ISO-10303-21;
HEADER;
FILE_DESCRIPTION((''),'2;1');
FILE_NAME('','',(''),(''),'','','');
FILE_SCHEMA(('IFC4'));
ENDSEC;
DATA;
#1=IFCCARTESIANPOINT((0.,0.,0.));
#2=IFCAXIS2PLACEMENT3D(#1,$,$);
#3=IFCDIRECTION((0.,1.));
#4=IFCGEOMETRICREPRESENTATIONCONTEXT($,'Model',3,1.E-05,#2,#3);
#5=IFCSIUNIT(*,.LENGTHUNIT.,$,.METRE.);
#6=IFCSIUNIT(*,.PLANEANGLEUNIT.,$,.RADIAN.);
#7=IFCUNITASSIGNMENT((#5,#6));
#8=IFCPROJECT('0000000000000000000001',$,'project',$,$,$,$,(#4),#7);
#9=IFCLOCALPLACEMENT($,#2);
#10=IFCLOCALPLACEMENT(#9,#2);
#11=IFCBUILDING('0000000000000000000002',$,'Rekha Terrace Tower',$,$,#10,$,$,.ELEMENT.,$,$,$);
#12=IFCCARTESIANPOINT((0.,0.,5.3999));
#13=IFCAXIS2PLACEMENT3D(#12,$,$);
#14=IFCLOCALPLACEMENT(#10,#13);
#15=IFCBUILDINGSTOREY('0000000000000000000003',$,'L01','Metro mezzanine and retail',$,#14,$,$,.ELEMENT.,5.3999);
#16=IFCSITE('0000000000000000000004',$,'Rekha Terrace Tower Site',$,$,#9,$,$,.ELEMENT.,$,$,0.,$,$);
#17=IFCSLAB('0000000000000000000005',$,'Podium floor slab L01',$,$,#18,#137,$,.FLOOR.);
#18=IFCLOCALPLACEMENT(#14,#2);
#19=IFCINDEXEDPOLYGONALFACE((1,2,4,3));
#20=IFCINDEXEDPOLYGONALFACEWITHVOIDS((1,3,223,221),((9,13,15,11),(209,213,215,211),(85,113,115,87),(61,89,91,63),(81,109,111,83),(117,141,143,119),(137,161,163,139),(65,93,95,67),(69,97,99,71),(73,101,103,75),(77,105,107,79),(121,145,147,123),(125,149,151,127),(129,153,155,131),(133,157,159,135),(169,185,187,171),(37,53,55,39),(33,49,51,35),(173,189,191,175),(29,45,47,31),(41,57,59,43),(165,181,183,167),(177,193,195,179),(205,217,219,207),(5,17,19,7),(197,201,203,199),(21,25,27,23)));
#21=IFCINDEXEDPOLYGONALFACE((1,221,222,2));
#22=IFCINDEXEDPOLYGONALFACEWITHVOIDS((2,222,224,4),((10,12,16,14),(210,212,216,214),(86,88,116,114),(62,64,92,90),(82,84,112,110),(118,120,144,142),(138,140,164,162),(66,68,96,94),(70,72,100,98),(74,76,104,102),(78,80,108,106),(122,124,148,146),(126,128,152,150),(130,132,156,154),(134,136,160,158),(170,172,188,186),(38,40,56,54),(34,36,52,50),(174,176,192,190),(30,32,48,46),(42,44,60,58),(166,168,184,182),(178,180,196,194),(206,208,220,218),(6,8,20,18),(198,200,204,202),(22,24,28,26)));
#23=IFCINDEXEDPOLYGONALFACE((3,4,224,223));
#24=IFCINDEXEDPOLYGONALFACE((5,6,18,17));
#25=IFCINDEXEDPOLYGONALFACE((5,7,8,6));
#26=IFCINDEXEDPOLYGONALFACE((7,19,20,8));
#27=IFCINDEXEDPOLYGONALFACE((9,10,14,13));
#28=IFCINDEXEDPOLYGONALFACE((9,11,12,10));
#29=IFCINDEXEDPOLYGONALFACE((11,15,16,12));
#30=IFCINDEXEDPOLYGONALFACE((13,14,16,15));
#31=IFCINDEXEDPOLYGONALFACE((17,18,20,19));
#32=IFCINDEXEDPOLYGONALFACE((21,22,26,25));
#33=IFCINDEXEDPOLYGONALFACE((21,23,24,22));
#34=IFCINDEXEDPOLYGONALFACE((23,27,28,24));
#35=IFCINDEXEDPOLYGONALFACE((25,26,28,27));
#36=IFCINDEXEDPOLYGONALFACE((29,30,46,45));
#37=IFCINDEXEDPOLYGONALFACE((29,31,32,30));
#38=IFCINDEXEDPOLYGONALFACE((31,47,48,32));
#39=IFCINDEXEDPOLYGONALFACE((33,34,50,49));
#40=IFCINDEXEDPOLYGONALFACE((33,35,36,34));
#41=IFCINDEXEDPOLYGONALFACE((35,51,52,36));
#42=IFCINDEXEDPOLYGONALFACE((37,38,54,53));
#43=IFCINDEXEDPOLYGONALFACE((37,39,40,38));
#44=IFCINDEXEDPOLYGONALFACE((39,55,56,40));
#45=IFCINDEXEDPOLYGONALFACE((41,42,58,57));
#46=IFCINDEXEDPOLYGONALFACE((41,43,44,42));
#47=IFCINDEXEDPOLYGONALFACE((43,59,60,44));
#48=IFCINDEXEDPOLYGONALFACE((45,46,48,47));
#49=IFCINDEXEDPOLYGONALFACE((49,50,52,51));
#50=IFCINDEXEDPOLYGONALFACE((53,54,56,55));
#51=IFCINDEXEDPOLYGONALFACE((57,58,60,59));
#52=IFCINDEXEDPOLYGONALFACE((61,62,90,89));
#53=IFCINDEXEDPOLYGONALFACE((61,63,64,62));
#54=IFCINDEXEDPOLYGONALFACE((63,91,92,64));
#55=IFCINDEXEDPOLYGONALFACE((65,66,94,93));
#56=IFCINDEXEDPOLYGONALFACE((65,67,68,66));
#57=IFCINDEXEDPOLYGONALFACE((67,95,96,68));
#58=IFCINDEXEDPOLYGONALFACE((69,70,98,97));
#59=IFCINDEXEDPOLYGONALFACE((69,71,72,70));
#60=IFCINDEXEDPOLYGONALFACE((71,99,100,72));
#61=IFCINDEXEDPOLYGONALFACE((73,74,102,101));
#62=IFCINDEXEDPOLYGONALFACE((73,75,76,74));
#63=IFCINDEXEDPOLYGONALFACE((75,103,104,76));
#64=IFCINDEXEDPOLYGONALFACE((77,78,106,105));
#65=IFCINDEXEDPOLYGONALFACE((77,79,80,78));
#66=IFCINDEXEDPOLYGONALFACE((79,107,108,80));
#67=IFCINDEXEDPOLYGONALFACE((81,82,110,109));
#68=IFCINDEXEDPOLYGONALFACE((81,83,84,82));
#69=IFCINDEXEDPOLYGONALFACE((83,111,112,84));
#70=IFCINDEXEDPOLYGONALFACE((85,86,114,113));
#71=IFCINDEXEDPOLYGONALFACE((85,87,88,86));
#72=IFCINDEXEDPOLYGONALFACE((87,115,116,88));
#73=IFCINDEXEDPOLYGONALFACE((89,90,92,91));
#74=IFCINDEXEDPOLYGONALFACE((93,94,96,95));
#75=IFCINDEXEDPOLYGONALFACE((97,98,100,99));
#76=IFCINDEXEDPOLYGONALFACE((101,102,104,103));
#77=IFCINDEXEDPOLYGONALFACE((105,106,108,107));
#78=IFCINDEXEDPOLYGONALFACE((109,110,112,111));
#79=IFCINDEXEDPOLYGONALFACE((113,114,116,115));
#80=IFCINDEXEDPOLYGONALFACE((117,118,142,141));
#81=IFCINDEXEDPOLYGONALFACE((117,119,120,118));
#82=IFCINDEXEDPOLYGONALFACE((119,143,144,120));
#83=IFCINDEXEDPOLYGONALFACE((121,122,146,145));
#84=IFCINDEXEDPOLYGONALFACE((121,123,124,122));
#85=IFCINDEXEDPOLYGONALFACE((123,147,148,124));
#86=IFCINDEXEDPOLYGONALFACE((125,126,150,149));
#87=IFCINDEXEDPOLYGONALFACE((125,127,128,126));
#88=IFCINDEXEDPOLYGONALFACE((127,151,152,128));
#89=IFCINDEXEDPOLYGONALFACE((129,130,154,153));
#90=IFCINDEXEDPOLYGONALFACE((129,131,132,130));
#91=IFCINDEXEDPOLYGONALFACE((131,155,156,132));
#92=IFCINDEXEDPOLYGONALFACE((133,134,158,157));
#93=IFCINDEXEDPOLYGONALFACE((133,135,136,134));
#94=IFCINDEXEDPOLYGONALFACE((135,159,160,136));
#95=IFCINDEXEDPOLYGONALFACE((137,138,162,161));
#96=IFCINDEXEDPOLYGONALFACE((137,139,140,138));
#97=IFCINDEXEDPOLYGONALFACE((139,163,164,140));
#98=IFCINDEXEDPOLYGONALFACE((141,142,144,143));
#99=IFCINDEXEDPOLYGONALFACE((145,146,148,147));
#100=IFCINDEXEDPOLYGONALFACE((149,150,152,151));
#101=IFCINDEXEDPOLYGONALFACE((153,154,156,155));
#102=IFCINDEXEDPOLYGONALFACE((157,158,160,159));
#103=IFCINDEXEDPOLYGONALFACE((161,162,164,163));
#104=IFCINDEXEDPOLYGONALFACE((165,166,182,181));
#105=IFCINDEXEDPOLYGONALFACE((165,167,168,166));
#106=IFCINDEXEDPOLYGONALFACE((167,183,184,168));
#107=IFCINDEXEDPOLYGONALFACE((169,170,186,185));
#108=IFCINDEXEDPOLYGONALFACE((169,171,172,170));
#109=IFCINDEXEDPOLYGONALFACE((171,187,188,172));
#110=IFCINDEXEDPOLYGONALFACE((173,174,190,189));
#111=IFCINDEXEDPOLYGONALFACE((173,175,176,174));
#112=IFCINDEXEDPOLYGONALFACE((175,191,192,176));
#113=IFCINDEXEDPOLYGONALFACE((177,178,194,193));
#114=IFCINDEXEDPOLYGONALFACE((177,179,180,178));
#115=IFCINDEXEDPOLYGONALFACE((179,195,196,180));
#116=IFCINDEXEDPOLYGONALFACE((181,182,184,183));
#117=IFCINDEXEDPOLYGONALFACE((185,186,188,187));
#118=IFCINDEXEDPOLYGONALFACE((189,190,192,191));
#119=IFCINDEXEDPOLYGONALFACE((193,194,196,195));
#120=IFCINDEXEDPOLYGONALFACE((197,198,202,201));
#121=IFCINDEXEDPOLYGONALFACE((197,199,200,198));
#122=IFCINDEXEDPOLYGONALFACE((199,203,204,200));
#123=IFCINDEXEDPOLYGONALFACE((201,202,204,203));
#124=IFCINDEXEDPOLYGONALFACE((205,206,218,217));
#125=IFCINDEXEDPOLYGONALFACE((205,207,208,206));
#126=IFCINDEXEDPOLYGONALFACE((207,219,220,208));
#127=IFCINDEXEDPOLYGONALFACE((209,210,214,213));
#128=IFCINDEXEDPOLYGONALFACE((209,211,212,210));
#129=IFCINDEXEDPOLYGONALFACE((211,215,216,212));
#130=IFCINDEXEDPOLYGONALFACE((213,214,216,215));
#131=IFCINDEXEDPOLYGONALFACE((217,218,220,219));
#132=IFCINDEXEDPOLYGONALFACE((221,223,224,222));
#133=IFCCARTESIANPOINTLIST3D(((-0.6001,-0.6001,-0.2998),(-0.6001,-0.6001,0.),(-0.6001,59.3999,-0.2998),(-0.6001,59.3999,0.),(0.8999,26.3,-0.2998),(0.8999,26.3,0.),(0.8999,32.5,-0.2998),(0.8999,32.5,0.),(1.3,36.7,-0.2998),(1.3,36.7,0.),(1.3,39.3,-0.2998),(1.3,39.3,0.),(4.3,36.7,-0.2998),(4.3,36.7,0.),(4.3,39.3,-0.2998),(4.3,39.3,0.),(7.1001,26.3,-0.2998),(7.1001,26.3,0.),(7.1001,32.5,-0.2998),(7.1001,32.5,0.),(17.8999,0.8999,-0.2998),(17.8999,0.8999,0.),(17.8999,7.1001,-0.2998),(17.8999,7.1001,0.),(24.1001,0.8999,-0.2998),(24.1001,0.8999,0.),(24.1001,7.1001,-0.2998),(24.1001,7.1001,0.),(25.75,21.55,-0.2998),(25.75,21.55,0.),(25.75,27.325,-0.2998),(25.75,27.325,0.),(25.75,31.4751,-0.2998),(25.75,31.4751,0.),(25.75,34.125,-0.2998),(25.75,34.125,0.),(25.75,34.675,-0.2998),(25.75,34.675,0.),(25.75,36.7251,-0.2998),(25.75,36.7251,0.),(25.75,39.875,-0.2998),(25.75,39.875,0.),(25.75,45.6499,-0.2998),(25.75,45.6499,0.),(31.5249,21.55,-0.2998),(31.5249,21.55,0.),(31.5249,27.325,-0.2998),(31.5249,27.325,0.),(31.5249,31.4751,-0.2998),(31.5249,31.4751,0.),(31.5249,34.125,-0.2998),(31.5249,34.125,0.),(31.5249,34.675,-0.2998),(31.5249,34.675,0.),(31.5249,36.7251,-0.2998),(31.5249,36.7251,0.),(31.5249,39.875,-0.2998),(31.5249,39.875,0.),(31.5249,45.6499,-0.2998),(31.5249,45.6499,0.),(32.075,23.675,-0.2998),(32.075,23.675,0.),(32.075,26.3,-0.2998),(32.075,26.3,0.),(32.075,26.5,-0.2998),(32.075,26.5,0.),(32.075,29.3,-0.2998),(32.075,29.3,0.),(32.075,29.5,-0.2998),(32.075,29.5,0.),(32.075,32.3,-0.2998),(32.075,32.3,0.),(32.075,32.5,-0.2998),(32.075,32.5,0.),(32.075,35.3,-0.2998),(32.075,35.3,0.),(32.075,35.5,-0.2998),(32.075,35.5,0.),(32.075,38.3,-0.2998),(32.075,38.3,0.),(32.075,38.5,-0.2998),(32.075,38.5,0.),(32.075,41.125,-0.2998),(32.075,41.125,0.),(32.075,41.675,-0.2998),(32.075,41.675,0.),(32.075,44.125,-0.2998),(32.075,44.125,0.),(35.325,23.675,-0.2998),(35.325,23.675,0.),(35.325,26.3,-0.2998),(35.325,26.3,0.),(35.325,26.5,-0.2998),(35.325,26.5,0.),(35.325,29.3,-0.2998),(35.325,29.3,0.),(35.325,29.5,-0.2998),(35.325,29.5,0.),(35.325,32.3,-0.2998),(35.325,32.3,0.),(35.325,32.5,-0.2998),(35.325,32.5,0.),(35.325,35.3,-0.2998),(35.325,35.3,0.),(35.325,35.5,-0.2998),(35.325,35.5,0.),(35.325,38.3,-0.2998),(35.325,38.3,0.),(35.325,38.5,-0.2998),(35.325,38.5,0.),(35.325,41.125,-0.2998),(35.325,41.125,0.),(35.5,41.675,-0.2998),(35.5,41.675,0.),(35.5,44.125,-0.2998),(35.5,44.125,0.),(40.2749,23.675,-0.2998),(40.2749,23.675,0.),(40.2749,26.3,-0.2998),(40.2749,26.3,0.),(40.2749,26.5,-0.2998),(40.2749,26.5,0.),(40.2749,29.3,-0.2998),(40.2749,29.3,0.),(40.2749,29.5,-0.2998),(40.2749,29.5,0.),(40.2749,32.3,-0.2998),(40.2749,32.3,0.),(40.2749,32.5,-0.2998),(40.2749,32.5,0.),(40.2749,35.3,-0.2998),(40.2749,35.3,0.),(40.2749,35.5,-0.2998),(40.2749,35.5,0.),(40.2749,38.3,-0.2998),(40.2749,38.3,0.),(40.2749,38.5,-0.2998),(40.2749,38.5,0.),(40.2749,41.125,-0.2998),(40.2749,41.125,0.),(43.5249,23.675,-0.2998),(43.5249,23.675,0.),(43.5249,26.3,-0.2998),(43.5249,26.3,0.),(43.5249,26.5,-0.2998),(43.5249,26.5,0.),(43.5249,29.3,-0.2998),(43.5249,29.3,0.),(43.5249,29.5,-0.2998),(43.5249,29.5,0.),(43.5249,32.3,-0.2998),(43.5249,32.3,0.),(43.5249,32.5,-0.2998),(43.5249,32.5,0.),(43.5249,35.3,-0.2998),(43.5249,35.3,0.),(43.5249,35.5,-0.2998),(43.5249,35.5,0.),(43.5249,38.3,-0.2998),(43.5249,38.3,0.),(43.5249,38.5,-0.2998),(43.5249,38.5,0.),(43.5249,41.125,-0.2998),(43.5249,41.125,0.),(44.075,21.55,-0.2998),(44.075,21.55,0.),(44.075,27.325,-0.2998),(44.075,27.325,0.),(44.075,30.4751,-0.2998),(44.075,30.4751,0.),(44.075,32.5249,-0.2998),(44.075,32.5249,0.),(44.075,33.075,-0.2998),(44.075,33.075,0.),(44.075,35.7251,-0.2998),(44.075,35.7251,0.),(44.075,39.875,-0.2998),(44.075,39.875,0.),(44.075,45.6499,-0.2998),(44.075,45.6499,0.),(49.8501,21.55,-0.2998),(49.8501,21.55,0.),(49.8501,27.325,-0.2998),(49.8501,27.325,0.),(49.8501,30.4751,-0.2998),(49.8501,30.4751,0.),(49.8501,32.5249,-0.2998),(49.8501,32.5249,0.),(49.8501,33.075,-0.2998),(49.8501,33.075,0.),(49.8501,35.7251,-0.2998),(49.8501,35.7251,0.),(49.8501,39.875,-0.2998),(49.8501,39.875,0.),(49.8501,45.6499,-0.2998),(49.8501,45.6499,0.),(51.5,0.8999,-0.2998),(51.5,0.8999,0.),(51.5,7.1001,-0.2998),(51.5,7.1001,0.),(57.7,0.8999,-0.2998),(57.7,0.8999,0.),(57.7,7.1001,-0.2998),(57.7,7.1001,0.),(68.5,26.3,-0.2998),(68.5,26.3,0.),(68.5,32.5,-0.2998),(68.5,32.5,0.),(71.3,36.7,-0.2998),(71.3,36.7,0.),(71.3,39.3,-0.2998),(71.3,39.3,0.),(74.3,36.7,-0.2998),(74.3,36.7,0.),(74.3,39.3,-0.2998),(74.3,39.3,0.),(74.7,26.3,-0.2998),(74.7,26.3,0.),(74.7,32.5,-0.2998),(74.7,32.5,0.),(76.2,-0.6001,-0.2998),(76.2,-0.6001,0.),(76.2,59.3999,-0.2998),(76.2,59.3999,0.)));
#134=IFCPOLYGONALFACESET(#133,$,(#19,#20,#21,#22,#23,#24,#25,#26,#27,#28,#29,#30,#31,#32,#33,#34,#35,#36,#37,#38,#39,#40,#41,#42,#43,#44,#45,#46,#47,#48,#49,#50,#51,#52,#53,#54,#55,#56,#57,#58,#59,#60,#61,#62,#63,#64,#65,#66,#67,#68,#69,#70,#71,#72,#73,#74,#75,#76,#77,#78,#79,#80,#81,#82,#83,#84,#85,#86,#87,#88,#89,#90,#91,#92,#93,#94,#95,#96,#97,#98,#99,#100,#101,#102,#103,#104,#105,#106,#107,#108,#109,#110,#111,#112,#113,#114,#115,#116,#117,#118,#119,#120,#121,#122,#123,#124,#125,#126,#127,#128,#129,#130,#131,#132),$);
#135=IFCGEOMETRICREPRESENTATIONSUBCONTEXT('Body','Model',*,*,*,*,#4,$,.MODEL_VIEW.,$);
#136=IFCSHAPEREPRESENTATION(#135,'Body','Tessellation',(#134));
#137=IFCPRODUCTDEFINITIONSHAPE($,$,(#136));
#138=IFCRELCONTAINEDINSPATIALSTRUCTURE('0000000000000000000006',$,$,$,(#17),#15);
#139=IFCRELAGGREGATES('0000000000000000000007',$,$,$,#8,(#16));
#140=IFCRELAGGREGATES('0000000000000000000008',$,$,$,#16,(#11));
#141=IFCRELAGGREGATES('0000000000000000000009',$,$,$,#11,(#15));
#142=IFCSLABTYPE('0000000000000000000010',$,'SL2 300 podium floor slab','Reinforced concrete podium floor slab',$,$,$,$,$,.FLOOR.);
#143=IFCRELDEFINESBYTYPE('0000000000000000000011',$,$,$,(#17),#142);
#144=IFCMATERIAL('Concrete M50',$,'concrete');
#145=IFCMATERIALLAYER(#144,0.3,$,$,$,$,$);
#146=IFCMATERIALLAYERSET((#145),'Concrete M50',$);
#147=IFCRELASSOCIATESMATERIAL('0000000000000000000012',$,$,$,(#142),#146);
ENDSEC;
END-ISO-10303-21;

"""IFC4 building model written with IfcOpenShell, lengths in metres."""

from ifc_helpers import new_model, si_unit, direction, frame, origin, place, context, subcontext, project, spatial, polyline, outline, extrude, material, layer, layer_set, type_object, element, save


model = new_model("IFC4")

# Units and contexts
model_context = context("Model", 3, precision=1e-05, world=origin(), true_north=direction((0.0, 1.0)))
body_context = subcontext(model_context, "Body", "Model", "MODEL_VIEW")
ifc_project = project(units=[si_unit("LENGTHUNIT", "METRE"), si_unit("PLANEANGLEUNIT", "RADIAN")], contexts=[model_context])

# Site, building, storey
site_placement = place(None, origin())
site = spatial("IfcSite", under=ifc_project, at=site_placement, Name="Rekha Terrace Tower Site", CompositionType="ELEMENT", RefElevation=0.0)
building_placement = place(site_placement, origin())
building = spatial("IfcBuilding", under=site, at=building_placement, Name="Rekha Terrace Tower", CompositionType="ELEMENT")
storey_placement = place(building_placement, frame((0.0, 0.0, 5.3999)))
storey = spatial("IfcBuildingStorey", under=building, at=storey_placement, Name="L01", Description="Metro mezzanine and retail", CompositionType="ELEMENT", Elevation=5.3999)

# Slab
ifc_material_1 = material(Name="Concrete M50", Category="concrete")
ifc_layer_1 = layer(ifc_material_1, 0.3)
ifc_layer_set_1 = layer_set([ifc_layer_1], Name="Concrete M50")
slab_type_1 = type_object("IfcSlabType", Name="SL2 300 podium floor slab", Description="Reinforced concrete podium floor slab", PredefinedType="FLOOR", material=ifc_layer_set_1)
slab_1_placement = place(storey_placement, frame((0.0, 0.0, -0.2998)))
element("IfcSlab", 1, at=slab_1_placement, inside=storey, type_object=slab_type_1, Name="Podium floor slab L01", PredefinedType="FLOOR", context=body_context, shape_type="SweptSolid", body=[
    extrude(outline(polyline([(-0.6001, 59.3999), (-0.6001, -0.6001), (76.2, -0.6001), (76.2, 59.3999), (-0.6001, 59.3999)]), holes=[polyline([(24.1001, 7.1001), (24.1001, 0.8999), (17.8999, 0.8999), (17.8999, 7.1001), (24.1001, 7.1001)]), polyline([(31.5249, 21.55), (25.75, 21.55), (25.75, 27.325), (31.5249, 27.325), (31.5249, 21.55)]), polyline([(35.325, 23.675), (32.075, 23.675), (32.075, 26.3), (35.325, 26.3), (35.325, 23.675)]), polyline([(35.325, 29.3), (35.325, 26.5), (32.075, 26.5), (32.075, 29.3), (35.325, 29.3)]), polyline([(7.1001, 26.3), (0.8999, 26.3), (0.8999, 32.5), (7.1001, 32.5), (7.1001, 26.3)]), polyline([(35.325, 29.5), (32.075, 29.5), (32.075, 32.3), (35.325, 32.3), (35.325, 29.5)]), polyline([(31.5249, 34.125), (31.5249, 31.4751), (25.75, 31.4751), (25.75, 34.125), (31.5249, 34.125)]), polyline([(35.325, 32.5), (32.075, 32.5), (32.075, 35.3), (35.325, 35.3), (35.325, 32.5)]), polyline([(31.5249, 34.675), (25.75, 34.675), (25.75, 36.7251), (31.5249, 36.7251), (31.5249, 34.675)]), polyline([(35.325, 35.5), (32.075, 35.5), (32.075, 38.3), (35.325, 38.3), (35.325, 35.5)]), polyline([(4.3, 36.7), (1.3, 36.7), (1.3, 39.3), (4.3, 39.3), (4.3, 36.7)]), polyline([(35.325, 38.5), (32.075, 38.5), (32.075, 41.125), (35.325, 41.125), (35.325, 38.5)]), polyline([(31.5249, 39.875), (25.75, 39.875), (25.75, 45.6499), (31.5249, 45.6499), (31.5249, 39.875)]), polyline([(35.5, 44.125), (35.5, 41.675), (32.075, 41.675), (32.075, 44.125), (35.5, 44.125)]), polyline([(57.7, 0.8999), (51.5, 0.8999), (51.5, 7.1001), (57.7, 7.1001), (57.7, 0.8999)]), polyline([(49.8501, 21.55), (44.075, 21.55), (44.075, 27.325), (49.8501, 27.325), (49.8501, 21.55)]), polyline([(43.5249, 23.675), (40.2749, 23.675), (40.2749, 26.3), (43.5249, 26.3), (43.5249, 23.675)]), polyline([(43.5249, 26.5), (40.2749, 26.5), (40.2749, 29.3), (43.5249, 29.3), (43.5249, 26.5)]), polyline([(74.7, 26.3), (68.5, 26.3), (68.5, 32.5), (74.7, 32.5), (74.7, 26.3)]), polyline([(43.5249, 29.5), (40.2749, 29.5), (40.2749, 32.3), (43.5249, 32.3), (43.5249, 29.5)]), polyline([(49.8501, 32.5249), (49.8501, 30.4751), (44.075, 30.4751), (44.075, 32.5249), (49.8501, 32.5249)]), polyline([(43.5249, 32.5), (40.2749, 32.5), (40.2749, 35.3), (43.5249, 35.3), (43.5249, 32.5)]), polyline([(49.8501, 33.075), (44.075, 33.075), (44.075, 35.7251), (49.8501, 35.7251), (49.8501, 33.075)]), polyline([(43.5249, 35.5), (40.2749, 35.5), (40.2749, 38.3), (43.5249, 38.3), (43.5249, 35.5)]), polyline([(74.3, 36.7), (71.3, 36.7), (71.3, 39.3), (74.3, 39.3), (74.3, 36.7)]), polyline([(43.5249, 38.5), (40.2749, 38.5), (40.2749, 41.125), (43.5249, 41.125), (43.5249, 38.5)]), polyline([(49.8501, 39.875), (44.075, 39.875), (44.075, 45.6499), (49.8501, 45.6499), (49.8501, 39.875)])]), origin(), (0.0, 0.0, 1.0), 0.2998),
])

save(model, "model.ifc")
